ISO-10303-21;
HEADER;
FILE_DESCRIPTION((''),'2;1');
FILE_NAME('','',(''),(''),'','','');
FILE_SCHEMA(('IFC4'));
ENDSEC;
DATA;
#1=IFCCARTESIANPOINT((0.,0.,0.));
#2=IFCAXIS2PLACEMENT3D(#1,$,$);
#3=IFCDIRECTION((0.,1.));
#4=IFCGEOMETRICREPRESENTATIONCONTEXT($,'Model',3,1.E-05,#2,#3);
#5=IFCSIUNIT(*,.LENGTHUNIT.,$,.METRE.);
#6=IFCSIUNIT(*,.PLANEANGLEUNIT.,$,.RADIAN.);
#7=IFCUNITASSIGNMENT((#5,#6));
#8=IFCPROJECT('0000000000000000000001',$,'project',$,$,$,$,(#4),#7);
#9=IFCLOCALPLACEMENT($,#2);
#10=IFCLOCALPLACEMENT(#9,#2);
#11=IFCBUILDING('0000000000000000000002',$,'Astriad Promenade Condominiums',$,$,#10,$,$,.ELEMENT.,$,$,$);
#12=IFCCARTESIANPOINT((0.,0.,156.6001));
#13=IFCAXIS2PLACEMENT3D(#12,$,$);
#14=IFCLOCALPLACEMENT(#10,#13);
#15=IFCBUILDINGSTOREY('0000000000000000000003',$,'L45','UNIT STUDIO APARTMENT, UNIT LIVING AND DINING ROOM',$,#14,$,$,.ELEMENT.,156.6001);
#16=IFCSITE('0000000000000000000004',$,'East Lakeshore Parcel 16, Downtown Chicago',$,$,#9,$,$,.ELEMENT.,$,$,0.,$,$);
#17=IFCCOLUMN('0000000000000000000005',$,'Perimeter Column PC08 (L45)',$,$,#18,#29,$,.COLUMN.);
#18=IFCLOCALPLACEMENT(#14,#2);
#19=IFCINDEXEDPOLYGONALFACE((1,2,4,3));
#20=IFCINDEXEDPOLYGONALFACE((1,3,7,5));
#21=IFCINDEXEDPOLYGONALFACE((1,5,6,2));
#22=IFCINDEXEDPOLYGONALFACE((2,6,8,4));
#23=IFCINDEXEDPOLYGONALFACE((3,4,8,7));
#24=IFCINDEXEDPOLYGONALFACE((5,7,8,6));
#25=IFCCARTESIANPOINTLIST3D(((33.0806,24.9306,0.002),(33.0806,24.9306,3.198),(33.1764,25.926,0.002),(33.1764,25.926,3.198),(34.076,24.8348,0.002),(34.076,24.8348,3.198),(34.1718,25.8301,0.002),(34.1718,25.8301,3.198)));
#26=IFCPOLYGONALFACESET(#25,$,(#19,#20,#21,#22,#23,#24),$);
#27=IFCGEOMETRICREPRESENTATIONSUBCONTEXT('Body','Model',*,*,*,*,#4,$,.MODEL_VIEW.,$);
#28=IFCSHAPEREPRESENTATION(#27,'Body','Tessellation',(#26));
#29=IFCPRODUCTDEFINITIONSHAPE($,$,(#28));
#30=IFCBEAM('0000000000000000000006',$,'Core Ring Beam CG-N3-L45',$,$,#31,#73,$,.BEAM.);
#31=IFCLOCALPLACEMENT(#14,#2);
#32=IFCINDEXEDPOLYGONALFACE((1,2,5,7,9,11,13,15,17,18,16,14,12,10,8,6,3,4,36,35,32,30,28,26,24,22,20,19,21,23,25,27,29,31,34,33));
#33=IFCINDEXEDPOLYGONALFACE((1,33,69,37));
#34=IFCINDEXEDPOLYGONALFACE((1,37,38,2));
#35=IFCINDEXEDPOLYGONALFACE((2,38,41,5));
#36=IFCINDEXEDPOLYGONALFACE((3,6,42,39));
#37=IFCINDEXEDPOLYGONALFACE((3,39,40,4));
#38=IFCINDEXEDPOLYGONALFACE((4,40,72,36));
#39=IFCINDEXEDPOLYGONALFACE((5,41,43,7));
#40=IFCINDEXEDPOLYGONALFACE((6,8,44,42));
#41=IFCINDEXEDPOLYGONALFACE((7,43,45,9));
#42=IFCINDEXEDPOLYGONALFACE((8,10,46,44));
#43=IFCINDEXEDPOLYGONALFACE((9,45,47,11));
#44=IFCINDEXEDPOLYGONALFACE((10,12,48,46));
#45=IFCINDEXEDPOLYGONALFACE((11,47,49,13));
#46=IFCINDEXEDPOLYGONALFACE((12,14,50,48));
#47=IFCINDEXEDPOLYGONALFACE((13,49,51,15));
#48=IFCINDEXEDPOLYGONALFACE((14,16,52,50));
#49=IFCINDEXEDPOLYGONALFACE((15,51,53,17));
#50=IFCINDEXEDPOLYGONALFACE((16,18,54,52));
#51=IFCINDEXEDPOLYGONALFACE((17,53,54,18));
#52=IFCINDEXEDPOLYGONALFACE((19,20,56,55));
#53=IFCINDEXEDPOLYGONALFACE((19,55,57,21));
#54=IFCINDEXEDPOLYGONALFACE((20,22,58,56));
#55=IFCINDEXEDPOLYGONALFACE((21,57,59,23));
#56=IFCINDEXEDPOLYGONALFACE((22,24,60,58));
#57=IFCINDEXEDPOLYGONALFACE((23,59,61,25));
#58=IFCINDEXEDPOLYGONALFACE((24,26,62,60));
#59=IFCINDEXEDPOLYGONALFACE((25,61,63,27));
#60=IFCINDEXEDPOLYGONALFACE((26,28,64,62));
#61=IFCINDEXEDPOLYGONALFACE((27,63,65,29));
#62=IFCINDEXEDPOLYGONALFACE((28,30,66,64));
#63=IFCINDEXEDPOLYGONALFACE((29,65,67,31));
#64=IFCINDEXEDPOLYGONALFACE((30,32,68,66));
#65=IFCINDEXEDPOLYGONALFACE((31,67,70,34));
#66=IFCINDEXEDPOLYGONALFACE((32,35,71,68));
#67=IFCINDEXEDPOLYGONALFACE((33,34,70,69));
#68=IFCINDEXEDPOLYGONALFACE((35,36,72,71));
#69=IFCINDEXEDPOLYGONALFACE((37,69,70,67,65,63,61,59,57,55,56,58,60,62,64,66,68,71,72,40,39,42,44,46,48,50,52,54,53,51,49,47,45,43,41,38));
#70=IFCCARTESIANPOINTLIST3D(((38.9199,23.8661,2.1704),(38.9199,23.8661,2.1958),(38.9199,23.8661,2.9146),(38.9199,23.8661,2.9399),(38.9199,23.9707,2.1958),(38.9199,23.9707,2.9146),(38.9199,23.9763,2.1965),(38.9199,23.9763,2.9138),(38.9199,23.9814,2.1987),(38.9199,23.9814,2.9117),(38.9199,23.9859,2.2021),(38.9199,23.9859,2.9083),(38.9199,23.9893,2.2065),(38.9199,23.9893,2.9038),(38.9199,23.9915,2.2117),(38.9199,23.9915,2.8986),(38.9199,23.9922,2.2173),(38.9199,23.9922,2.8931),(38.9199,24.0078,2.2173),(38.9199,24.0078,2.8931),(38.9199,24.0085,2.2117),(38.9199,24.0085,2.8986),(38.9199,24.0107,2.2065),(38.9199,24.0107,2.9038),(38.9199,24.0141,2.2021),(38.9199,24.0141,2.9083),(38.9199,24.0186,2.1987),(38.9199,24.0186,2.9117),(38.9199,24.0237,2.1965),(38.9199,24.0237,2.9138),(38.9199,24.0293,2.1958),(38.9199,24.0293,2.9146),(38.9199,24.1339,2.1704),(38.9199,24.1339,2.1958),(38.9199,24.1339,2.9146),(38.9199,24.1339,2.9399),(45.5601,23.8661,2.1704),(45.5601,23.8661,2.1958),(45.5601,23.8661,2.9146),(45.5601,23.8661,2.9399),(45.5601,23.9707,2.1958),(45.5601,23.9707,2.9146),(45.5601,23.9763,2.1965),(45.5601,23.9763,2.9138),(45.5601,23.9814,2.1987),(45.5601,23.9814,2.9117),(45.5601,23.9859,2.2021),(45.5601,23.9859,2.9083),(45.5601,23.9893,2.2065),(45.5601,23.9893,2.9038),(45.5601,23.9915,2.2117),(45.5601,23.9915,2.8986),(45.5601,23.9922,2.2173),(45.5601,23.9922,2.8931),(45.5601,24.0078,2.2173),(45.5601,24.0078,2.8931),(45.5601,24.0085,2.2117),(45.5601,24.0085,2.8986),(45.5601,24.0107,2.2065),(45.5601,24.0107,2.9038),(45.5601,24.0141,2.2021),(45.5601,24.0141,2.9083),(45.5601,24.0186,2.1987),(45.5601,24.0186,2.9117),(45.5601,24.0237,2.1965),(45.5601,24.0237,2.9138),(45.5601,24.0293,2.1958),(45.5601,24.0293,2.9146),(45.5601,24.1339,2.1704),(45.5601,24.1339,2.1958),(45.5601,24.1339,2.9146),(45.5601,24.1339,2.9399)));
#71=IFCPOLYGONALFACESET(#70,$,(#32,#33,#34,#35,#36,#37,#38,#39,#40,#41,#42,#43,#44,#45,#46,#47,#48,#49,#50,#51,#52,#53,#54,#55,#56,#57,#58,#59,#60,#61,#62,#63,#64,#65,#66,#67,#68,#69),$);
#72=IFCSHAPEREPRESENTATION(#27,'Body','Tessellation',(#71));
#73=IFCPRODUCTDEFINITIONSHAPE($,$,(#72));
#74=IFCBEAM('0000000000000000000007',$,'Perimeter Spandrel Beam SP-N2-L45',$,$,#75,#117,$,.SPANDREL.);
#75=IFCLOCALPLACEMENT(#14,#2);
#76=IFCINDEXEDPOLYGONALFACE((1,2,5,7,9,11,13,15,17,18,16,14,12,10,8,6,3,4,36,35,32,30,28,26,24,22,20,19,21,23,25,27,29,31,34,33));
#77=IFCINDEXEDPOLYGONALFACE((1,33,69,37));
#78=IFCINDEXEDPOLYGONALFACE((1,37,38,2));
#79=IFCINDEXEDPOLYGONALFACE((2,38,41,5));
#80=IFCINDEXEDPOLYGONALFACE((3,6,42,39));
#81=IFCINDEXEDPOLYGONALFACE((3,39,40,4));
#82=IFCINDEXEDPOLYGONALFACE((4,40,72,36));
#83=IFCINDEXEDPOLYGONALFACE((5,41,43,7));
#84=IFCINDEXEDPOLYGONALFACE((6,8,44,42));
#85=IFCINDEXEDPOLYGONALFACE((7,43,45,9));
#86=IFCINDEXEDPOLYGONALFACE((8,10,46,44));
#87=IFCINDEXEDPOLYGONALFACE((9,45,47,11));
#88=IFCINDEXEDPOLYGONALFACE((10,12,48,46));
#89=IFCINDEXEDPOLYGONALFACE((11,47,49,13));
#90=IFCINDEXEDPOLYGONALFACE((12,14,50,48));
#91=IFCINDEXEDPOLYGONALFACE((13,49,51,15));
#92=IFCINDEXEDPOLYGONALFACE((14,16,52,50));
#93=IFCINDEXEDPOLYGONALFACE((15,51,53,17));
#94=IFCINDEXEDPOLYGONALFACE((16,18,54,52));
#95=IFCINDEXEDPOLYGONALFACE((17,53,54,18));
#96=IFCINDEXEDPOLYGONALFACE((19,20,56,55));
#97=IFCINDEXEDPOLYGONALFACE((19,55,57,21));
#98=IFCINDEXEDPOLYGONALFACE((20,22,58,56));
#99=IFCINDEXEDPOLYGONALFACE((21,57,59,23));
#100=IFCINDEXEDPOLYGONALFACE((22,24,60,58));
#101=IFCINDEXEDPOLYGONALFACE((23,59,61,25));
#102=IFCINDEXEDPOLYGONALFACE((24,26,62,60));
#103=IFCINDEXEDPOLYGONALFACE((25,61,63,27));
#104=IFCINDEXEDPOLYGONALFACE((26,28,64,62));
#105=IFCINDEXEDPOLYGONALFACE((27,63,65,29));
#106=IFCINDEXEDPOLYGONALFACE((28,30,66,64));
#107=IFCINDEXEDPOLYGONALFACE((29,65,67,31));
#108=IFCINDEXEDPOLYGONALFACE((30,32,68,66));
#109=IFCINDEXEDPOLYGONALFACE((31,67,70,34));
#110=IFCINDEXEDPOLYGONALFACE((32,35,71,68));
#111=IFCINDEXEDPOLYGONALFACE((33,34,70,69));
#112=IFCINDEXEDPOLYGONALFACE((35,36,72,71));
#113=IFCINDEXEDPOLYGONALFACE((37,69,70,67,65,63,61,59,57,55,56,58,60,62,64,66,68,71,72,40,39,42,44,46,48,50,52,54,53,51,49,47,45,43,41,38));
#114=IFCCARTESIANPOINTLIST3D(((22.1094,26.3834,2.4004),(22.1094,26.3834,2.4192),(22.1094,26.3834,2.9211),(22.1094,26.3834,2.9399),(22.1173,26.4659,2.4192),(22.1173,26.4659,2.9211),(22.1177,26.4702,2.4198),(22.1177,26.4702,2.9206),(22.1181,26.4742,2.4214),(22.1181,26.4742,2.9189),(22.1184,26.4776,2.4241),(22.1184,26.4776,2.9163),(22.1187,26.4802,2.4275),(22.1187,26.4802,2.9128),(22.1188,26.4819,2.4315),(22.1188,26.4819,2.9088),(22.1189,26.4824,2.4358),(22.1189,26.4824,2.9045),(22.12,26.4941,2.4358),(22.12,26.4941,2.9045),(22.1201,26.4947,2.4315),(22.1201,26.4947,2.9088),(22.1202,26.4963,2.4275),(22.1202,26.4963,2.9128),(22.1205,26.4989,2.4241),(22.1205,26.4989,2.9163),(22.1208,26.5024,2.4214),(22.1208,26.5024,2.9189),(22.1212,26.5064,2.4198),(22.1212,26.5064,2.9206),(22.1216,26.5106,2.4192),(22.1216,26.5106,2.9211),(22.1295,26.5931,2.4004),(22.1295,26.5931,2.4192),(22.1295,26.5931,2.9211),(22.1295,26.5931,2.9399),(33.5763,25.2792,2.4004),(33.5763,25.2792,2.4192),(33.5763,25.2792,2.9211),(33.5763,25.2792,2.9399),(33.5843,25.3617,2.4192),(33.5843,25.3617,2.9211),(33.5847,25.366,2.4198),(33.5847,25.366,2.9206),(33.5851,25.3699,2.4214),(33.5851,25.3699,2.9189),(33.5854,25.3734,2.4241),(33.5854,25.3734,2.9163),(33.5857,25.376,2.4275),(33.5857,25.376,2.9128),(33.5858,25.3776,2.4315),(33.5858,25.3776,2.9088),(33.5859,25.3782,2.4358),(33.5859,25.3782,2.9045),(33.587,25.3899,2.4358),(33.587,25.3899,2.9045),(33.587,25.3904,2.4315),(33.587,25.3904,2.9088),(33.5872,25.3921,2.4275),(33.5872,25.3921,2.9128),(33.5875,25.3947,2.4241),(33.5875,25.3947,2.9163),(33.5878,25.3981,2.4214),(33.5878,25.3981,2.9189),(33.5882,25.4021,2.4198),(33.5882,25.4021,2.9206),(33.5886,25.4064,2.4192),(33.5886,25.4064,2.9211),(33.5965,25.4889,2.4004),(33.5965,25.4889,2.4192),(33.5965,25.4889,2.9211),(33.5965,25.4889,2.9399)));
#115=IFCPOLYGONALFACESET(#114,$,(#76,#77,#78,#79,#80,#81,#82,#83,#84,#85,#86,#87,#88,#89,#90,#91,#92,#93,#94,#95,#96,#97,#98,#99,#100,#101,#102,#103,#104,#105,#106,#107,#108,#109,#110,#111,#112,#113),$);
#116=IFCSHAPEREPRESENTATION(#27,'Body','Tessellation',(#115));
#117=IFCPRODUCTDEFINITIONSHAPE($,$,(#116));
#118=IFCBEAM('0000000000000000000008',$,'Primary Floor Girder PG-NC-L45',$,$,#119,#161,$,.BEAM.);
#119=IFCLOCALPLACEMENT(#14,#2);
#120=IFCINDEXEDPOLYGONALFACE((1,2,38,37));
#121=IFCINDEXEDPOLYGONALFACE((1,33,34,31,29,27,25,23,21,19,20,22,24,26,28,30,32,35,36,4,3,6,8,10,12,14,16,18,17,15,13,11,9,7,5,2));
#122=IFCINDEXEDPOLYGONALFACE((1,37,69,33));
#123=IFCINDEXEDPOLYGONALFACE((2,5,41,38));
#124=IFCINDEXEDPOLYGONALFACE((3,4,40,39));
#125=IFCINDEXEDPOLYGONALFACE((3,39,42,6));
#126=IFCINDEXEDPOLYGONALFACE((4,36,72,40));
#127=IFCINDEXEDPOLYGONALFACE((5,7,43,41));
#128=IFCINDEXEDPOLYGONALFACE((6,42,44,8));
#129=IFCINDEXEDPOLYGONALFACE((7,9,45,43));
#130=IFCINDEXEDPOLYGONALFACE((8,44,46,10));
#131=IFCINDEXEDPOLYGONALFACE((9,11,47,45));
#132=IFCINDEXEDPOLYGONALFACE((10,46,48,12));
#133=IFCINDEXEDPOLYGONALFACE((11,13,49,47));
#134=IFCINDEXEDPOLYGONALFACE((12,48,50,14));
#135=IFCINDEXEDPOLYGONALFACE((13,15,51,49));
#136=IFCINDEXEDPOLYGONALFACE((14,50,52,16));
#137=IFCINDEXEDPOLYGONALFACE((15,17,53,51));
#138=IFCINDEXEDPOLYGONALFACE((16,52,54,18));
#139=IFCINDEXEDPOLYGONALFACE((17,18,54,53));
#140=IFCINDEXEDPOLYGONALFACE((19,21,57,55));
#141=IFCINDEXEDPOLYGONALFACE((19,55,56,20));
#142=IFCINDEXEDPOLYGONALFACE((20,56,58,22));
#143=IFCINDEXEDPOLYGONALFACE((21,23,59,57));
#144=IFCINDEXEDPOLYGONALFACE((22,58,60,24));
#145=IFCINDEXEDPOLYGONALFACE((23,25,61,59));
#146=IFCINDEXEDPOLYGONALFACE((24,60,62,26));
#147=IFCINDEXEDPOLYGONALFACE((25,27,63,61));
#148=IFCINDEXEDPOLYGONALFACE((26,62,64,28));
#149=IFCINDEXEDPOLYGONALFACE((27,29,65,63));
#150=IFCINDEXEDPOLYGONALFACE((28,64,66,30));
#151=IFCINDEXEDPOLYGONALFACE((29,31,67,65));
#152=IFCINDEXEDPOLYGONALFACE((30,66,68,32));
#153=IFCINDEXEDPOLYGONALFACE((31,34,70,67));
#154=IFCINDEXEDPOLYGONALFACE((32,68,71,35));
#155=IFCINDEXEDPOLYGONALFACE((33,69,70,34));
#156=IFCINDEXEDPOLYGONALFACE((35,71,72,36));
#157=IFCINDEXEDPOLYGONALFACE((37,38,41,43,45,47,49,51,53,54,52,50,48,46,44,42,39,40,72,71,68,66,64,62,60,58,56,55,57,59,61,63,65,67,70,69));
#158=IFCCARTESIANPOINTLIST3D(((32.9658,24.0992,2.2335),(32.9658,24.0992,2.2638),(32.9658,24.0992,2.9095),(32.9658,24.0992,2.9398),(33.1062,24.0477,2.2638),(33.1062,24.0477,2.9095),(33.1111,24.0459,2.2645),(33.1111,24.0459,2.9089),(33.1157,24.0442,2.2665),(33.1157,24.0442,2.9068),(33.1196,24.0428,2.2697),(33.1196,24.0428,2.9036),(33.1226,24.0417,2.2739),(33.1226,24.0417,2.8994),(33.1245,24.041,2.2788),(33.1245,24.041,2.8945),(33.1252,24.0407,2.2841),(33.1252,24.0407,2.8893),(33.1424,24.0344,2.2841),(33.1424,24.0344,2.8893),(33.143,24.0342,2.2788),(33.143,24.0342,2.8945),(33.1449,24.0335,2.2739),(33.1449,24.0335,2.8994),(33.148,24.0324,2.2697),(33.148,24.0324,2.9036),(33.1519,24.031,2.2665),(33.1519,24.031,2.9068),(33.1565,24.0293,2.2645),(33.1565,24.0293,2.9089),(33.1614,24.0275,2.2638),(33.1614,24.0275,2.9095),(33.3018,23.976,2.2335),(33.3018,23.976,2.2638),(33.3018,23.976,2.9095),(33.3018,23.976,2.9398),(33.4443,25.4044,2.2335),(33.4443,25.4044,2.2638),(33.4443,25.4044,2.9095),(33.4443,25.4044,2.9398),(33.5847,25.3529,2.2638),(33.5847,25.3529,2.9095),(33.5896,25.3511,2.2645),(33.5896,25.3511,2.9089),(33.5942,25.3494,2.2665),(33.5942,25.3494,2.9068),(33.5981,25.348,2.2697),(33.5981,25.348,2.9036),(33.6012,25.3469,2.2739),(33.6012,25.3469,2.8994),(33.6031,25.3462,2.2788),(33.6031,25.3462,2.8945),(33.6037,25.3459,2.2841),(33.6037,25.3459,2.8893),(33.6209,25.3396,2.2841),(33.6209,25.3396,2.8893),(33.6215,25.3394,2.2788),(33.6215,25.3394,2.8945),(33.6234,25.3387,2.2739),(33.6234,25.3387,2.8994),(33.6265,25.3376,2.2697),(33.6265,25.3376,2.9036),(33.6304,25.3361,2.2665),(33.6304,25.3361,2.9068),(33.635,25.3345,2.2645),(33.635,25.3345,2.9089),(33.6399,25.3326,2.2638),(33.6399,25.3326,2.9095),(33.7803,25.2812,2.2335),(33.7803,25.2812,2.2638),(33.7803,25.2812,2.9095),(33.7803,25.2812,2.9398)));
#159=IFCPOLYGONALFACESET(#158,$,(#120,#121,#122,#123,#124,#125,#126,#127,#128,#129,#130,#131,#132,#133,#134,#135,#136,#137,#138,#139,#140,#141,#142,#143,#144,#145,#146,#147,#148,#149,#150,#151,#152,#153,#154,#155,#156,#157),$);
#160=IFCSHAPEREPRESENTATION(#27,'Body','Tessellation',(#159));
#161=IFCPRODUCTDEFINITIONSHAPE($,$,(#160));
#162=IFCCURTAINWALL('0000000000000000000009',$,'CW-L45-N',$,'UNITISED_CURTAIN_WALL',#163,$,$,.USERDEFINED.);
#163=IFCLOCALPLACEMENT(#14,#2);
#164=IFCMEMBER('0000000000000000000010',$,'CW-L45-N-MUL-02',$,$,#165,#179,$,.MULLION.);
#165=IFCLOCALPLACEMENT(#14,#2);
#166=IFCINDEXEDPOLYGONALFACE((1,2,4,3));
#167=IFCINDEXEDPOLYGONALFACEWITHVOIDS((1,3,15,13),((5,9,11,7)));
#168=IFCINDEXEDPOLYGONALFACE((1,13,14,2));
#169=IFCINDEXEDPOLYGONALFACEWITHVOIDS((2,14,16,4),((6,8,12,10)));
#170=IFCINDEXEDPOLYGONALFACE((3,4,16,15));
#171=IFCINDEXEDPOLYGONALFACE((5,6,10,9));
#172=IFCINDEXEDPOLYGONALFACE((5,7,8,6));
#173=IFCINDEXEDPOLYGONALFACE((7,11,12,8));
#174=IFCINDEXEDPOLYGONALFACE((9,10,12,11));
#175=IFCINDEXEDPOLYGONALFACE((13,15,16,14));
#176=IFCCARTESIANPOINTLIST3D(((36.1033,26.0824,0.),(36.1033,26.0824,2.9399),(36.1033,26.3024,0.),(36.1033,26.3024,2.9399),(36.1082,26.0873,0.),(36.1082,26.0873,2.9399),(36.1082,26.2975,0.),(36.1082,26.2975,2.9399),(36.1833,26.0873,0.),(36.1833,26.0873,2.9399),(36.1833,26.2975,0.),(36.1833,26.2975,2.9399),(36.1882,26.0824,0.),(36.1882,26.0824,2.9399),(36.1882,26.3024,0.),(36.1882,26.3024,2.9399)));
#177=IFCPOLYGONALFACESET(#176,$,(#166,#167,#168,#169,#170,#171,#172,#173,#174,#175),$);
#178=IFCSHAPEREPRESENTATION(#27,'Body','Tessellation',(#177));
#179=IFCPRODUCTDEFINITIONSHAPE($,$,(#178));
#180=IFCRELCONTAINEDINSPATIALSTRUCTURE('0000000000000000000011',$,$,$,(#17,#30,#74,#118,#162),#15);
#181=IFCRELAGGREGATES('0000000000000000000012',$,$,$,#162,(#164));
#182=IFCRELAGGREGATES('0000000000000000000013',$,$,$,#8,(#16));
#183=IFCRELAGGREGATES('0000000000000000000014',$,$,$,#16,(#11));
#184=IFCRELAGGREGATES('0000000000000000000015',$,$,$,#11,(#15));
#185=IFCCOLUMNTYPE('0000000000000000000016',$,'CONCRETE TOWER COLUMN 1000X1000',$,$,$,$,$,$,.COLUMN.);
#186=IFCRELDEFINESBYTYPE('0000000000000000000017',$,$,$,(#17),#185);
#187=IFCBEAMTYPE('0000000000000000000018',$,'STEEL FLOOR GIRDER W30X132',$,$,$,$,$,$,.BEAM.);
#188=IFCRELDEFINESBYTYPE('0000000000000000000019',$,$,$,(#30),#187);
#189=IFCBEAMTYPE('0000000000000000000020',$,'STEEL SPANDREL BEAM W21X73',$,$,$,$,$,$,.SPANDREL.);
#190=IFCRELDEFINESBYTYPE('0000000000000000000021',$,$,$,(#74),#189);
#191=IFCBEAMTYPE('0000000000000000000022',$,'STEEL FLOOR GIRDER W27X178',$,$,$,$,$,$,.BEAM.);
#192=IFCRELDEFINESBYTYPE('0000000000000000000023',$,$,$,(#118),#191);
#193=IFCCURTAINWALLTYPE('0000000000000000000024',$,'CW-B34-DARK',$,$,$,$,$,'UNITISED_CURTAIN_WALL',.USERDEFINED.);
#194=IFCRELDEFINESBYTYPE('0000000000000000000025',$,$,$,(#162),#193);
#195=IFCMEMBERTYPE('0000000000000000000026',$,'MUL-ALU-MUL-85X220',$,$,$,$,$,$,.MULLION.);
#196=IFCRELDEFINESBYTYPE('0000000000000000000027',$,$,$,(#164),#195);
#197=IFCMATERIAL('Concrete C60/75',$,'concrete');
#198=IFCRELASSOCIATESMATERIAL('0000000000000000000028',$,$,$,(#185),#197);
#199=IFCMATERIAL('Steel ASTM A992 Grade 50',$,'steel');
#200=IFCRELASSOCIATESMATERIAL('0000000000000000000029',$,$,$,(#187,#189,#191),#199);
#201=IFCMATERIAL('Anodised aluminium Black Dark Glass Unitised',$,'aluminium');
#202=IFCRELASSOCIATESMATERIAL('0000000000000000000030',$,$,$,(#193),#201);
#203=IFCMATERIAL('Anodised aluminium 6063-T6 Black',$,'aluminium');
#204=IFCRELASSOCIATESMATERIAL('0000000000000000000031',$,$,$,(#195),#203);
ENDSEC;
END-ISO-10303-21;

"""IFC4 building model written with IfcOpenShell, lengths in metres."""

from ifc_helpers import new_model, si_unit, direction, frame, origin, origin_2d, place, context, subcontext, project, spatial, rectangle, hollow_rectangle, i_section, extrude, source, transform, mapped, material, material_profile, profile_set, type_object, type_shapes, element, aggregate, save


model = new_model("IFC4")

# Units and contexts
model_context = context("Model", 3, precision=1e-05, world=origin(), true_north=direction((0.0, 1.0)))
body_context = subcontext(model_context, "Body", "Model", "MODEL_VIEW")
ifc_project = project(units=[si_unit("LENGTHUNIT", "METRE"), si_unit("PLANEANGLEUNIT", "RADIAN")], contexts=[model_context])

# Site, building, storey
site_placement = place(None, origin())
site = spatial("IfcSite", under=ifc_project, at=site_placement, Name="East Lakeshore Parcel 16, Downtown Chicago", CompositionType="ELEMENT", RefElevation=0.0)
building_placement = place(site_placement, origin())
building = spatial("IfcBuilding", under=site, at=building_placement, Name="Astriad Promenade Condominiums", CompositionType="ELEMENT")
storey_placement = place(building_placement, frame((0.0, 0.0, 156.6001)))
storey = spatial("IfcBuildingStorey", under=building, at=storey_placement, Name="L45", Description="UNIT STUDIO APARTMENT, UNIT LIVING AND DINING ROOM", CompositionType="ELEMENT", Elevation=156.6001)

# Column
ifc_material_1 = material(Name="Concrete C60/75", Category="concrete")
ifc_material_profile_1 = material_profile(ifc_material_1, rectangle(XDim=1.0, YDim=1.0, at=origin_2d()), Name="RC-COL-1000X1000")
ifc_profile_set_1 = profile_set([ifc_material_profile_1], Name="Concrete C60/75")
column_type = type_object("IfcColumnType", Name="CONCRETE TOWER COLUMN 1000X1000", PredefinedType="COLUMN", material=ifc_profile_set_1)
shared_shape_1 = source(origin(), body_context, "Body", "SweptSolid", [
    extrude(rectangle(XDim=1.0, YDim=1.0, at=origin_2d()), origin(), (0.0, 0.0, 1.0), 3.196),
])
type_shapes(column_type, [shared_shape_1])
column_placement = place(storey_placement, frame((33.6262, 25.3804, 0.002), z_axis=(0.0, 0.0, 1.0), x_axis=(0.995396, -0.095846, 0.0)))
element("IfcColumn", 1, at=column_placement, inside=storey, type_object=column_type, Name="Perimeter Column PC08 (L45)", PredefinedType="COLUMN", context=body_context, shape_type="MappedRepresentation", body=[
    mapped(shared_shape_1, transform((0.0, 0.0, 0.0), scale=1.0)),
])

# Beams
ifc_material_2 = material(Name="Steel ASTM A992 Grade 50", Category="steel")
ifc_material_profile_2 = material_profile(ifc_material_2, i_section(OverallWidth=0.2678, OverallDepth=0.7695, WebThickness=0.0156, FlangeThickness=0.0254, FilletRadius=0.0215, at=origin_2d()), Name="W30X132")
ifc_profile_set_2 = profile_set([ifc_material_profile_2], Name="Steel ASTM A992 Grade 50")
beam_type_1 = type_object("IfcBeamType", Name="STEEL FLOOR GIRDER W30X132", PredefinedType="BEAM", material=ifc_profile_set_2)
shared_shape_2 = source(origin(), body_context, "Body", "SweptSolid", [
    extrude(i_section(OverallWidth=0.2678, OverallDepth=0.7695, WebThickness=0.0156, FlangeThickness=0.0254, FilletRadius=0.0215, at=origin_2d()), origin(), (0.0, 0.0, 1.0), 6.6401),
])
type_shapes(beam_type_1, [shared_shape_2])
beam_1_placement = place(storey_placement, frame((38.9199, 24.0, 2.5552), z_axis=(1.0, 0.0, 0.0), x_axis=(0.0, 1.0, 0.0)))
element("IfcBeam", 2, at=beam_1_placement, inside=storey, type_object=beam_type_1, Name="Core Ring Beam CG-N3-L45", PredefinedType="BEAM", context=body_context, shape_type="MappedRepresentation", body=[
    mapped(shared_shape_2, transform((0.0, 0.0, 0.0), scale=1.0)),
])
ifc_material_profile_3 = material_profile(ifc_material_2, i_section(OverallWidth=0.2107, OverallDepth=0.5396, WebThickness=0.0117, FlangeThickness=0.0188, FilletRadius=0.0166, at=origin_2d()), Name="W21X73")
ifc_profile_set_3 = profile_set([ifc_material_profile_3], Name="Steel ASTM A992 Grade 50")
beam_type_2 = type_object("IfcBeamType", Name="STEEL SPANDREL BEAM W21X73", PredefinedType="SPANDREL", material=ifc_profile_set_3)
shared_shape_3 = source(origin(), body_context, "Body", "SweptSolid", [
    extrude(i_section(OverallWidth=0.2107, OverallDepth=0.5396, WebThickness=0.0117, FlangeThickness=0.0188, FilletRadius=0.0166, at=origin_2d()), origin(), (0.0, 0.0, 1.0), 11.52),
])
type_shapes(beam_type_2, [shared_shape_3])
beam_2_placement = place(storey_placement, frame((33.5864, 25.384, 2.6702), z_axis=(-0.995395, 0.095854, 0.0), x_axis=(-0.095854, -0.995395, 0.0)))
element("IfcBeam", 3, at=beam_2_placement, inside=storey, type_object=beam_type_2, Name="Perimeter Spandrel Beam SP-N2-L45", PredefinedType="SPANDREL", context=body_context, shape_type="MappedRepresentation", body=[
    mapped(shared_shape_3, transform((0.0, 0.0, 0.0), scale=1.0)),
])
ifc_material_profile_4 = material_profile(ifc_material_2, i_section(OverallWidth=0.3579, OverallDepth=0.7063, WebThickness=0.0183, FlangeThickness=0.0303, FilletRadius=0.0203, at=origin_2d()), Name="W27X178")
ifc_profile_set_4 = profile_set([ifc_material_profile_4], Name="Steel ASTM A992 Grade 50")
beam_type_3 = type_object("IfcBeamType", Name="STEEL FLOOR GIRDER W27X178", PredefinedType="BEAM", material=ifc_profile_set_4)
shared_shape_4 = source(origin(), body_context, "Body", "SweptSolid", [
    extrude(i_section(OverallWidth=0.3579, OverallDepth=0.7063, WebThickness=0.0183, FlangeThickness=0.0303, FilletRadius=0.0203, at=origin_2d()), origin(), (0.0, 0.0, 1.0), 1.3901),
])
type_shapes(beam_type_3, [shared_shape_4])
beam_3_placement = place(storey_placement, frame((33.6123, 25.3428, 2.5867), z_axis=(-0.344224, -0.938888, 0.0), x_axis=(0.938888, -0.344224, 0.0)))
element("IfcBeam", 4, at=beam_3_placement, inside=storey, type_object=beam_type_3, Name="Primary Floor Girder PG-NC-L45", PredefinedType="BEAM", context=body_context, shape_type="MappedRepresentation", body=[
    mapped(shared_shape_4, transform((0.0, 0.0, 0.0), scale=1.0)),
])

# Curtain wall, member
ifc_material_3 = material(Name="Anodised aluminium Black Dark Glass Unitised", Category="aluminium")
curtain_wall_type = type_object("IfcCurtainWallType", Name="CW-B34-DARK", ElementType="UNITISED_CURTAIN_WALL", PredefinedType="USERDEFINED", material=ifc_material_3)
curtain_wall_placement = place(storey_placement, origin())
curtain_wall = element("IfcCurtainWall", 5, at=curtain_wall_placement, inside=storey, type_object=curtain_wall_type, Name="CW-L45-N", ObjectType="UNITISED_CURTAIN_WALL", PredefinedType="USERDEFINED")
ifc_material_4 = material(Name="Anodised aluminium 6063-T6 Black", Category="aluminium")
ifc_material_profile_5 = material_profile(ifc_material_4, hollow_rectangle(XDim=0.085, YDim=0.22, WallThickness=0.0049, at=origin_2d()), Name="ALU-MUL-85X220")
ifc_profile_set_5 = profile_set([ifc_material_profile_5], Name="Anodised aluminium 6063-T6 Black")
member_type_1 = type_object("IfcMemberType", Name="MUL-ALU-MUL-85X220", PredefinedType="MULLION", material=ifc_profile_set_5)
shared_shape_5 = source(origin(), body_context, "Body", "SweptSolid", [
    extrude(hollow_rectangle(XDim=0.085, YDim=0.22, WallThickness=0.0049, at=origin_2d()), origin(), (0.0, 0.0, 1.0), 2.9399),
])
type_shapes(member_type_1, [shared_shape_5])
member_1_placement = place(storey_placement, frame((36.1458, 26.1924, 0.0), z_axis=(0.0, 0.0, 1.0), x_axis=(1.0, 0.0, 0.0)))
member_1 = element("IfcMember", 6, at=member_1_placement, type_object=member_type_1, Name="CW-L45-N-MUL-02", PredefinedType="MULLION", context=body_context, shape_type="MappedRepresentation", body=[
    mapped(shared_shape_5, transform((0.0, 0.0, 0.0), scale=1.0)),
])
aggregate(curtain_wall, [member_1])

save(model, "model.ifc")
